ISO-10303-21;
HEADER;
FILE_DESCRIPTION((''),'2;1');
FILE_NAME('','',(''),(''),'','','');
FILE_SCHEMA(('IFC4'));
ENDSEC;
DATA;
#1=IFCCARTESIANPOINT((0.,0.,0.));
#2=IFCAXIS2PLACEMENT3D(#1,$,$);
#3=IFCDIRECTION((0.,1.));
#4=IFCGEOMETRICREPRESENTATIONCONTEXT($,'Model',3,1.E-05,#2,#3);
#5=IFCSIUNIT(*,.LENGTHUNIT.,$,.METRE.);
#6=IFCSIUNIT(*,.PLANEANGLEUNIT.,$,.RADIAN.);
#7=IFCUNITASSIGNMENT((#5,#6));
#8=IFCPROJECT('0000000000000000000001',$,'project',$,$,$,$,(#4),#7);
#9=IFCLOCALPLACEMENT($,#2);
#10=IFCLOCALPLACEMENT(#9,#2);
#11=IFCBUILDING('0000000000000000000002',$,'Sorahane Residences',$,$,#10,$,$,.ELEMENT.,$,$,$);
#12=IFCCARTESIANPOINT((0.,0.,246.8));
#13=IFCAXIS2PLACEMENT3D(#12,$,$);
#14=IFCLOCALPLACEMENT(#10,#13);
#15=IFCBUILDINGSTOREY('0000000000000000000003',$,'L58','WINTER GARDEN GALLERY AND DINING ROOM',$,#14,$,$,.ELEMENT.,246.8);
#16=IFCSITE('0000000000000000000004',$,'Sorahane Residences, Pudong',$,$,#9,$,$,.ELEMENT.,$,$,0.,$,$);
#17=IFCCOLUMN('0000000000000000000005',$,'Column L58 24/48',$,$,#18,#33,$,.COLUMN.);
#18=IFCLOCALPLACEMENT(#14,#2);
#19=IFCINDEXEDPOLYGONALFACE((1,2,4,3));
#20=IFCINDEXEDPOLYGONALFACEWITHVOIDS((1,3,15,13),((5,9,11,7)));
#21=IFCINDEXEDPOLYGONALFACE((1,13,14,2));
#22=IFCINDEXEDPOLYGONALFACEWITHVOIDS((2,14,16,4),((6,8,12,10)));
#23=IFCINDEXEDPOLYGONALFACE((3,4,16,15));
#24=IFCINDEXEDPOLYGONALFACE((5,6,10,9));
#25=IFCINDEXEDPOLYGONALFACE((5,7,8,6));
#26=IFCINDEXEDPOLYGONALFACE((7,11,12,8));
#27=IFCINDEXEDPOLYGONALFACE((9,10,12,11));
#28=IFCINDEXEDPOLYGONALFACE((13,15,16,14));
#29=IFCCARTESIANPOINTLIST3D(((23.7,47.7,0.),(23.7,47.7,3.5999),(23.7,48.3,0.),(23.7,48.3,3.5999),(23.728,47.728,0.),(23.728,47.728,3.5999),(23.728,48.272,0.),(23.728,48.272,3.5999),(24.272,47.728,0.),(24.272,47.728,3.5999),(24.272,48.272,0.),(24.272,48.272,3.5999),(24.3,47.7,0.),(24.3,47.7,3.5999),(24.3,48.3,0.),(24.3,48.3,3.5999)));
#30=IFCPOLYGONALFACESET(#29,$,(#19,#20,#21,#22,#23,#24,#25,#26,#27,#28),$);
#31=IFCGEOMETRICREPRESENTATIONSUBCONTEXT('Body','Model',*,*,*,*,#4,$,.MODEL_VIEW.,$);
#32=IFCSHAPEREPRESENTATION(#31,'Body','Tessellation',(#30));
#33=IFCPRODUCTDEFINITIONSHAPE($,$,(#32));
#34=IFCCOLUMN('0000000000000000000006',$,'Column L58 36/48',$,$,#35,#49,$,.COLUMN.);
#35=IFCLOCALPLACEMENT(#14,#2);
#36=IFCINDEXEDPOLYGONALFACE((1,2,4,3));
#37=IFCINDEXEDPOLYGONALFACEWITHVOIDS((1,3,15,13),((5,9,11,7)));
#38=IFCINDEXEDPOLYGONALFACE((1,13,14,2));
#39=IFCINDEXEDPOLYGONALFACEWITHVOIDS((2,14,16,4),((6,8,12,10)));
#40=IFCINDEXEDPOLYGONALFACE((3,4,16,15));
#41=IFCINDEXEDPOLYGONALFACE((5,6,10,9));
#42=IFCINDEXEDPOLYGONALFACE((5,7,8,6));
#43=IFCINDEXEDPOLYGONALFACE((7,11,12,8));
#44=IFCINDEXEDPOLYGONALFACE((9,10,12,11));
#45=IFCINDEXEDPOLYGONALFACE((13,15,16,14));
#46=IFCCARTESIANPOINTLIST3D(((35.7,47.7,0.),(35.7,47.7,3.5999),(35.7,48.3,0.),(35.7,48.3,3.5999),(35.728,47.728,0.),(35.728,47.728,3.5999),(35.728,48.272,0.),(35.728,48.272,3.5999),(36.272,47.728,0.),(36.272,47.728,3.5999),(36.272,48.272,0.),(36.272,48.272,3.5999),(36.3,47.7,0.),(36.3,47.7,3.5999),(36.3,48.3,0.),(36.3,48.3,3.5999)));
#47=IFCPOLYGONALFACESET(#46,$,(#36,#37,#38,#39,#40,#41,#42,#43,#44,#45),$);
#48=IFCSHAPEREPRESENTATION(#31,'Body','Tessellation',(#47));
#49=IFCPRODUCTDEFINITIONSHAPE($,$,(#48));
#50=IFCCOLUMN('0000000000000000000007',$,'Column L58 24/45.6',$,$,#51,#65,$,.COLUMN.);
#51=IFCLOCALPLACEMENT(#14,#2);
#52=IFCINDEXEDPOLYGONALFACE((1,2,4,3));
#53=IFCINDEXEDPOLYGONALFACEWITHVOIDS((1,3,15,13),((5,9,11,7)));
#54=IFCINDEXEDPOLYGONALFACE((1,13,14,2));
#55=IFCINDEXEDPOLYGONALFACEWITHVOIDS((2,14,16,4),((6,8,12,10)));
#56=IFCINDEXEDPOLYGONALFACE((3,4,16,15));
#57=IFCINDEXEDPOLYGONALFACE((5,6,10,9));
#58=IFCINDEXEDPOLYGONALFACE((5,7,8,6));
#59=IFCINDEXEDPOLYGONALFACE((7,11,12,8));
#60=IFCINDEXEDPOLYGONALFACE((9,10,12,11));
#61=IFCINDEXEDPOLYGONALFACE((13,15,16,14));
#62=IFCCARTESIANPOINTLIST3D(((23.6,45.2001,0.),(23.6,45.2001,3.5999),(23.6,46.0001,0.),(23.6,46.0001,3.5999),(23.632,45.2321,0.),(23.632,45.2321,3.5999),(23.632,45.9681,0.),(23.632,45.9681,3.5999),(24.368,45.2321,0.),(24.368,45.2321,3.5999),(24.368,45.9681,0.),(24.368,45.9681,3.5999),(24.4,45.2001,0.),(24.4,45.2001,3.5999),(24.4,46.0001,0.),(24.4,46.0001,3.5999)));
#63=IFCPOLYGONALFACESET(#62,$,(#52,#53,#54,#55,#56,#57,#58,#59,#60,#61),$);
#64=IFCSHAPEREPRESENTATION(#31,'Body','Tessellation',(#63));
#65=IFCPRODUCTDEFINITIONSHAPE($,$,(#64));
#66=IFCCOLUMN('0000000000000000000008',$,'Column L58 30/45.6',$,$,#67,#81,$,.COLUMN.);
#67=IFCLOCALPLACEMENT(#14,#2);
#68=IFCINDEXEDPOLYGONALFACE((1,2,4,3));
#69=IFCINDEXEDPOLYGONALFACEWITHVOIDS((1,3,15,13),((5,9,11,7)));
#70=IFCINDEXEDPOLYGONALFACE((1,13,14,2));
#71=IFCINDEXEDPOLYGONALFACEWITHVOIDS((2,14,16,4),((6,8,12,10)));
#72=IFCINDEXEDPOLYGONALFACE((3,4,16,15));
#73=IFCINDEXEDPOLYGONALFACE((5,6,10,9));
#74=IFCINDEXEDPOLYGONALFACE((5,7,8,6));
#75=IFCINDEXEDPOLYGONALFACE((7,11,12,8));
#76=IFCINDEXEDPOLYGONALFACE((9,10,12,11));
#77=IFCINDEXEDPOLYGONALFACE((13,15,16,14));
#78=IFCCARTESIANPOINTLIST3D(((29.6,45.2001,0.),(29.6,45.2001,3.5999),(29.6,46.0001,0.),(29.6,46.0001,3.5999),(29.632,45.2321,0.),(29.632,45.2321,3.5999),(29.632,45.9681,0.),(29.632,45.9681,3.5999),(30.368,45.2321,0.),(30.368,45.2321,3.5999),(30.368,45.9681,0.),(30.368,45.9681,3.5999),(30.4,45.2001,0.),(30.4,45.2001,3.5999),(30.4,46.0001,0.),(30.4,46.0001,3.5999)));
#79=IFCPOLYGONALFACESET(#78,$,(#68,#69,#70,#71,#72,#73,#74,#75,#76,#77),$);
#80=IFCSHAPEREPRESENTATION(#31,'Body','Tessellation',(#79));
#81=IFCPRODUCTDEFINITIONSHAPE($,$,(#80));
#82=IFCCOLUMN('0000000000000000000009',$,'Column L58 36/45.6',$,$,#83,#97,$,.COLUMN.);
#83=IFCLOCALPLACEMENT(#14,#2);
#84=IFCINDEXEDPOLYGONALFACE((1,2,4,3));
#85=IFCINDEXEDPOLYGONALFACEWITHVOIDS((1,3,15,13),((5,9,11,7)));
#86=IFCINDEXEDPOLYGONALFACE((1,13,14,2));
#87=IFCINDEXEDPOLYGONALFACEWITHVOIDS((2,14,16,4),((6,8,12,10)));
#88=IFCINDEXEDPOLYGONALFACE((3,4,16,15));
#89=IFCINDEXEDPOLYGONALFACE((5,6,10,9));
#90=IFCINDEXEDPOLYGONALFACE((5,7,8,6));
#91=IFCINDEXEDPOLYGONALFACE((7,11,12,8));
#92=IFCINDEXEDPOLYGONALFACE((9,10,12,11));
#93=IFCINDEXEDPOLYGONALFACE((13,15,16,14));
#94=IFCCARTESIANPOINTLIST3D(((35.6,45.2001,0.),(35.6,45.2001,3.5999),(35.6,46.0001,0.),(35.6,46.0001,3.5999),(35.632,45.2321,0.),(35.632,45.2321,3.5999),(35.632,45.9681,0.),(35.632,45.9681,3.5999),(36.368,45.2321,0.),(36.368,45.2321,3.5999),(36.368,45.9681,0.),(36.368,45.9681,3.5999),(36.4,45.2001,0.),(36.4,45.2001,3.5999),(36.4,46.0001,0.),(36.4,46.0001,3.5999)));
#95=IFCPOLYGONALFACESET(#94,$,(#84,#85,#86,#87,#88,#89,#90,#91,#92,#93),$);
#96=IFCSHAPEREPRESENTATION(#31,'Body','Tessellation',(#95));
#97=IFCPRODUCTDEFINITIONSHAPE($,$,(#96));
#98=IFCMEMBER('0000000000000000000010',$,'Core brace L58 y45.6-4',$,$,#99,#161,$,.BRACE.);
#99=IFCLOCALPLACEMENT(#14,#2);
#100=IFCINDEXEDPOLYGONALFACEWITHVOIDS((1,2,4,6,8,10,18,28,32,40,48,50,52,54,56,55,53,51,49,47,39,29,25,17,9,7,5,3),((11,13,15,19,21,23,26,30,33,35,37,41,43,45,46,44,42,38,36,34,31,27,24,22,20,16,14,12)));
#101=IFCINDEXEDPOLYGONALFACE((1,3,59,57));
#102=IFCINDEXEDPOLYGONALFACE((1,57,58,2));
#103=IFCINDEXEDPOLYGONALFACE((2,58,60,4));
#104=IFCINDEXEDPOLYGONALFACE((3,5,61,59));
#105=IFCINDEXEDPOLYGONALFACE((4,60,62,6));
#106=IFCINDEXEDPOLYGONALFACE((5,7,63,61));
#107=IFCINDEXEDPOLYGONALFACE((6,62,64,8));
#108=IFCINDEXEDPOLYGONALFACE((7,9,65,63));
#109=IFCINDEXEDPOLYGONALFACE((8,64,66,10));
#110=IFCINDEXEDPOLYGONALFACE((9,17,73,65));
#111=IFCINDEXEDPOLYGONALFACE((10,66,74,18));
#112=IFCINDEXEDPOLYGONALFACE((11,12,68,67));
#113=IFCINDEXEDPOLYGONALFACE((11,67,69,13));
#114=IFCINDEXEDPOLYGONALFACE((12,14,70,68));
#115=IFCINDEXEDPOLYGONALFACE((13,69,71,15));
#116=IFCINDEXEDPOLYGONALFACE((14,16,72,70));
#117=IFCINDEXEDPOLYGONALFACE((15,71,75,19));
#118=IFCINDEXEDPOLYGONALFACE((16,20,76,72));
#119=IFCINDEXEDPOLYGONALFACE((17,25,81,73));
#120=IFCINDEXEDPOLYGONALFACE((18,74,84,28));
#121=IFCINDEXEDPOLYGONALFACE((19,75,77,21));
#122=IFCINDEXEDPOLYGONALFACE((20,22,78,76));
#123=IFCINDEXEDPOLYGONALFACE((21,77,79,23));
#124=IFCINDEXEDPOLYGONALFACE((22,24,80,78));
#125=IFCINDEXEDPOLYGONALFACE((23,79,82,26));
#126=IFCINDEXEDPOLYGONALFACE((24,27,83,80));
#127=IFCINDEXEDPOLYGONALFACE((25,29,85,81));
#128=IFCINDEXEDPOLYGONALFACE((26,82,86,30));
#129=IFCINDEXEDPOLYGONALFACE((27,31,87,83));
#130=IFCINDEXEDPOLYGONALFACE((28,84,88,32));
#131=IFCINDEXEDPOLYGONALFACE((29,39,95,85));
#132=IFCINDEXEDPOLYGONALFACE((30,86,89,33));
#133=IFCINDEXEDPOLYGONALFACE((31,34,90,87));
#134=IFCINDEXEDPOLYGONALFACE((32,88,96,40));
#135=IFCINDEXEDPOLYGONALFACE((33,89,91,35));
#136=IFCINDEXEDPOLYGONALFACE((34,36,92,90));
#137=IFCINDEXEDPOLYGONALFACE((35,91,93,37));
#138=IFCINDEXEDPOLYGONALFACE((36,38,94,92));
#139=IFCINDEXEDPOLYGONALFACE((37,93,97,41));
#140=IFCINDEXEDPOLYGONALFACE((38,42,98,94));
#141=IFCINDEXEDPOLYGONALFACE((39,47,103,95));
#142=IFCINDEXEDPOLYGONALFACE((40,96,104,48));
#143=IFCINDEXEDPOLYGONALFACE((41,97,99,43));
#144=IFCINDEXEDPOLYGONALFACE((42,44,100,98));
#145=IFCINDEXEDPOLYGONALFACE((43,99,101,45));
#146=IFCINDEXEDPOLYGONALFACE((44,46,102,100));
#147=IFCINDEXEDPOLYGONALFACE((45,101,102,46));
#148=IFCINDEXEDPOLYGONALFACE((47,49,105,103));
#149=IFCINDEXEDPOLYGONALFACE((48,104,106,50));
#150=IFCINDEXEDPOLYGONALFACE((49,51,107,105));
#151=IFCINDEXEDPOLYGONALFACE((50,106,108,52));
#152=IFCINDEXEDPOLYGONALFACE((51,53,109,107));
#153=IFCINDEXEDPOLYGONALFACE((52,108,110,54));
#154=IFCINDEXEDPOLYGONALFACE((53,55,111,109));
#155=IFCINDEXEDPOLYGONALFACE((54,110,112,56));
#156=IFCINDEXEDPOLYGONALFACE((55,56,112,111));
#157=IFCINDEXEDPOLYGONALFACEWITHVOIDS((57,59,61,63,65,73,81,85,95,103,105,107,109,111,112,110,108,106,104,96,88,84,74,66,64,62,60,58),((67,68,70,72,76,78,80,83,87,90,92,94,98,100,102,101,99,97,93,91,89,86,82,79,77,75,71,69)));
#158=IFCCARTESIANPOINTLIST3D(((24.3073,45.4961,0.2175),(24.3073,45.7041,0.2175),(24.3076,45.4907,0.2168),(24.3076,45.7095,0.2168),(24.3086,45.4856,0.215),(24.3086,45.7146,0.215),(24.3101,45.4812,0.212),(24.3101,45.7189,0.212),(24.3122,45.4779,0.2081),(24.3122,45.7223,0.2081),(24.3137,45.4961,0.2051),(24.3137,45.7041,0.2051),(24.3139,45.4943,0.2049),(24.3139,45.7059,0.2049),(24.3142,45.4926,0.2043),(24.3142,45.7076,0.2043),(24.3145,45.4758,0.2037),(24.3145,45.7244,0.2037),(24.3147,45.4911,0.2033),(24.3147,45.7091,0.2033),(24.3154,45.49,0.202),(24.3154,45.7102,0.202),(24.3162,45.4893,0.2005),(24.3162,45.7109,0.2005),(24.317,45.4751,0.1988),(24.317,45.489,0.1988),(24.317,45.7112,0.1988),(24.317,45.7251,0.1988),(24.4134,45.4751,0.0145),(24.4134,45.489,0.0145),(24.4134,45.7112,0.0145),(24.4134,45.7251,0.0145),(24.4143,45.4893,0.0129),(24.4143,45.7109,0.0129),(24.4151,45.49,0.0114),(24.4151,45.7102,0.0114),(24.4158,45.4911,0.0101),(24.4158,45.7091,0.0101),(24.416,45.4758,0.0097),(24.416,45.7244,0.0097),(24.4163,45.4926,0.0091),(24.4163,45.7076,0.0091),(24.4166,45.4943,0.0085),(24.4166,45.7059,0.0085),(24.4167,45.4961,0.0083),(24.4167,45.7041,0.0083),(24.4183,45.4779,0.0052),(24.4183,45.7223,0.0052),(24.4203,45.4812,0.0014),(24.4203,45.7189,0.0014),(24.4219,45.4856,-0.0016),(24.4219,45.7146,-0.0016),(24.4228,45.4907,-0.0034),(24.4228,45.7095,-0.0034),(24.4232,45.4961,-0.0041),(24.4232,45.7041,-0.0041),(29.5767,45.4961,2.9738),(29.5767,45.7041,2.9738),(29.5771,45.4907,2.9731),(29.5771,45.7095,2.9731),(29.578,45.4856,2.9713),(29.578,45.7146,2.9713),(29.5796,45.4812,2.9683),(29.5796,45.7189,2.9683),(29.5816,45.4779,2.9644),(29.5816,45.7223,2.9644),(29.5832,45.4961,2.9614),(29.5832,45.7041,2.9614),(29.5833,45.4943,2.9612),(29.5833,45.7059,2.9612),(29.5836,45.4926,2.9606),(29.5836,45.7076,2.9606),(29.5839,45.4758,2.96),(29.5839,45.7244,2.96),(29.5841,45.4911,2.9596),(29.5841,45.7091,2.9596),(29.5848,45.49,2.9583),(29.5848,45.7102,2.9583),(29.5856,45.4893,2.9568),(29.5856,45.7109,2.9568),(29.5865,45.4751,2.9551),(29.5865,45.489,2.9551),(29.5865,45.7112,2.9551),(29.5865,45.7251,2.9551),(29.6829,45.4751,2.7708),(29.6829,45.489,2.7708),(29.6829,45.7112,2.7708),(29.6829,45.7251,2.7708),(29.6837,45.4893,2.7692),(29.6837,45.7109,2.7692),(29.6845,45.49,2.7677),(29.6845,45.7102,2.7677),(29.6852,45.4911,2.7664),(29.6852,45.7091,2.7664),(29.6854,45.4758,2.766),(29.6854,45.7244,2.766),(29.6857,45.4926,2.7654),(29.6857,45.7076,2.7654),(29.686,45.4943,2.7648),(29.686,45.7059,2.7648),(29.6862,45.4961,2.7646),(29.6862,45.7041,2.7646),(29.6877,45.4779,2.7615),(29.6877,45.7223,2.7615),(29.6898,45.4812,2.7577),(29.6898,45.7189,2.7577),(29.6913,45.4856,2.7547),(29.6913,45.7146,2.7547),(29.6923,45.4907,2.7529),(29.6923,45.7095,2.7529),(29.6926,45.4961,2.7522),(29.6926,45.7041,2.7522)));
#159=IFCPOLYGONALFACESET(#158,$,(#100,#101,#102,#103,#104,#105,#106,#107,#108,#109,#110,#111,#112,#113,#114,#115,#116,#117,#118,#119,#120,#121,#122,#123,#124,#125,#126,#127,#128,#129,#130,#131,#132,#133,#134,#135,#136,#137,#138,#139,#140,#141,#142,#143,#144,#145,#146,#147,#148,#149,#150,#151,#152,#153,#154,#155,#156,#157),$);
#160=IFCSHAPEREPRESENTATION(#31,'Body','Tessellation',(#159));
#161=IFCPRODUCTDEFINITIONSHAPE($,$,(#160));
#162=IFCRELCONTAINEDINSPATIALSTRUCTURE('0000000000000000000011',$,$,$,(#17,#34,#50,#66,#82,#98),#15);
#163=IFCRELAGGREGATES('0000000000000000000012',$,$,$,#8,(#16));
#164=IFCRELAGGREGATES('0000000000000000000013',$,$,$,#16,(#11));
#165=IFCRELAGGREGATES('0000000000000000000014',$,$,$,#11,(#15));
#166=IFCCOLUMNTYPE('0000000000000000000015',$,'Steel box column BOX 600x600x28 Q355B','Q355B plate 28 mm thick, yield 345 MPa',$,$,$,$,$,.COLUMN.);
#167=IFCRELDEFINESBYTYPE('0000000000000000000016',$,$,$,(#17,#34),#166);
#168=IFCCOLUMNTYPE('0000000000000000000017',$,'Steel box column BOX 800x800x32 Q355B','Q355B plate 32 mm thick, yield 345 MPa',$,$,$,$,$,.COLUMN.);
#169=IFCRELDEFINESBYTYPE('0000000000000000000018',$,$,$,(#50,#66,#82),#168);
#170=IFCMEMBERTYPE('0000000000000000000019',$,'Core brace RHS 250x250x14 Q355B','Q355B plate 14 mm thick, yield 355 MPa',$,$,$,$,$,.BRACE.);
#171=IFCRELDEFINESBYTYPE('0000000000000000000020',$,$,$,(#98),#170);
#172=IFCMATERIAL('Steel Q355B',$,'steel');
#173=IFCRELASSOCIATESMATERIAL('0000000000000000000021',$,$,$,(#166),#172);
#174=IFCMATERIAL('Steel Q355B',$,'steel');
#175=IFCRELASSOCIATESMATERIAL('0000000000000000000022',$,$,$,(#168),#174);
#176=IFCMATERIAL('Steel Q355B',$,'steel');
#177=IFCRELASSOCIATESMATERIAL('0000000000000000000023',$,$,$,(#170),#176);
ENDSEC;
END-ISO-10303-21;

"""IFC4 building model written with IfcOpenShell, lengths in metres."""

from ifc_helpers import new_model, si_unit, direction, frame, origin, origin_2d, place, context, subcontext, project, spatial, hollow_rectangle, extrude, material, material_profile, profile_set, type_object, element, save


model = new_model("IFC4")

# Units and contexts
model_context = context("Model", 3, precision=1e-05, world=origin(), true_north=direction((0.0, 1.0)))
body_context = subcontext(model_context, "Body", "Model", "MODEL_VIEW")
ifc_project = project(units=[si_unit("LENGTHUNIT", "METRE"), si_unit("PLANEANGLEUNIT", "RADIAN")], contexts=[model_context])

# Site, building, storey
site_placement = place(None, origin())
site = spatial("IfcSite", under=ifc_project, at=site_placement, Name="Sorahane Residences, Pudong", CompositionType="ELEMENT", RefElevation=0.0)
building_placement = place(site_placement, origin())
building = spatial("IfcBuilding", under=site, at=building_placement, Name="Sorahane Residences", CompositionType="ELEMENT")
storey_placement = place(building_placement, frame((0.0, 0.0, 246.8)))
storey = spatial("IfcBuildingStorey", under=building, at=storey_placement, Name="L58", Description="WINTER GARDEN GALLERY AND DINING ROOM", CompositionType="ELEMENT", Elevation=246.8)

# Columns
ifc_material_1 = material(Name="Steel Q355B", Category="steel")
ifc_material_profile_1 = material_profile(ifc_material_1, hollow_rectangle(XDim=0.6001, YDim=0.6001, WallThickness=0.0281, at=origin_2d()), Name="BOX 600x600x28")
ifc_profile_set_1 = profile_set([ifc_material_profile_1], Name="Steel Q355B")
column_type_1 = type_object("IfcColumnType", Name="Steel box column BOX 600x600x28 Q355B", Description="Q355B plate 28 mm thick, yield 345 MPa", PredefinedType="COLUMN", material=ifc_profile_set_1)
for number, where, z_axis, x_axis, name in (
    (1, (24.0, 48.0, 0.0), (0.0, 0.0, 1.0), (1.0, 0.0, 0.0), "Column L58 24/48"),
    (2, (36.0, 48.0, 0.0), (0.0, 0.0, 1.0), (1.0, 0.0, 0.0), "Column L58 36/48"),
):
    element("IfcColumn", number, at=place(storey_placement, frame(where, z_axis=z_axis, x_axis=x_axis)), inside=storey, type_object=column_type_1, Name=name, PredefinedType="COLUMN", context=body_context, shape_type="SweptSolid", body=[
        extrude(hollow_rectangle(XDim=0.6001, YDim=0.6001, WallThickness=0.0281, at=origin_2d()), origin(), (0.0, 0.0, 1.0), 3.5999),
    ])
ifc_material_2 = material(Name="Steel Q355B", Category="steel")
ifc_material_profile_2 = material_profile(ifc_material_2, hollow_rectangle(XDim=0.8, YDim=0.8, WallThickness=0.032, at=origin_2d()), Name="BOX 800x800x32")
ifc_profile_set_2 = profile_set([ifc_material_profile_2], Name="Steel Q355B")
column_type_2 = type_object("IfcColumnType", Name="Steel box column BOX 800x800x32 Q355B", Description="Q355B plate 32 mm thick, yield 345 MPa", PredefinedType="COLUMN", material=ifc_profile_set_2)
for number, where, z_axis, x_axis, name in (
    (3, (24.0, 45.6001, 0.0), (0.0, 0.0, 1.0), (1.0, 0.0, 0.0), "Column L58 24/45.6"),
    (4, (30.0, 45.6001, 0.0), (0.0, 0.0, 1.0), (1.0, 0.0, 0.0), "Column L58 30/45.6"),
    (5, (36.0, 45.6001, 0.0), (0.0, 0.0, 1.0), (1.0, 0.0, 0.0), "Column L58 36/45.6"),
):
    element("IfcColumn", number, at=place(storey_placement, frame(where, z_axis=z_axis, x_axis=x_axis)), inside=storey, type_object=column_type_2, Name=name, PredefinedType="COLUMN", context=body_context, shape_type="SweptSolid", body=[
        extrude(hollow_rectangle(XDim=0.8, YDim=0.8, WallThickness=0.032, at=origin_2d()), origin(), (0.0, 0.0, 1.0), 3.5999),
    ])

# Member
ifc_material_3 = material(Name="Steel Q355B", Category="steel")
ifc_material_profile_3 = material_profile(ifc_material_3, hollow_rectangle(XDim=0.25, YDim=0.25, WallThickness=0.0139, InnerFilletRadius=0.0071, OuterFilletRadius=0.021, at=origin_2d()), Name="RHS 250x250x14")
ifc_profile_set_3 = profile_set([ifc_material_profile_3], Name="Steel Q355B")
member_type_1 = type_object("IfcMemberType", Name="Core brace RHS 250x250x14 Q355B", Description="Q355B plate 14 mm thick, yield 355 MPa", PredefinedType="BRACE", material=ifc_profile_set_3)
for number, where, z_axis, x_axis, name in (
    (6, (24.3652, 45.6001, 0.1067), (0.8861, 0.0, 0.463495), (0.0, 1.0, 0.0), "Core brace L58 y45.6-4"),
):
    element("IfcMember", number, at=place(storey_placement, frame(where, z_axis=z_axis, x_axis=x_axis)), inside=storey, type_object=member_type_1, Name=name, PredefinedType="BRACE", context=body_context, shape_type="SweptSolid", body=[
        extrude(hollow_rectangle(XDim=0.25, YDim=0.25, WallThickness=0.0139, InnerFilletRadius=0.0071, OuterFilletRadius=0.021, at=origin_2d()), origin(), (0.0, 0.0, 1.0), 5.9468),
    ])

save(model, "model.ifc")
